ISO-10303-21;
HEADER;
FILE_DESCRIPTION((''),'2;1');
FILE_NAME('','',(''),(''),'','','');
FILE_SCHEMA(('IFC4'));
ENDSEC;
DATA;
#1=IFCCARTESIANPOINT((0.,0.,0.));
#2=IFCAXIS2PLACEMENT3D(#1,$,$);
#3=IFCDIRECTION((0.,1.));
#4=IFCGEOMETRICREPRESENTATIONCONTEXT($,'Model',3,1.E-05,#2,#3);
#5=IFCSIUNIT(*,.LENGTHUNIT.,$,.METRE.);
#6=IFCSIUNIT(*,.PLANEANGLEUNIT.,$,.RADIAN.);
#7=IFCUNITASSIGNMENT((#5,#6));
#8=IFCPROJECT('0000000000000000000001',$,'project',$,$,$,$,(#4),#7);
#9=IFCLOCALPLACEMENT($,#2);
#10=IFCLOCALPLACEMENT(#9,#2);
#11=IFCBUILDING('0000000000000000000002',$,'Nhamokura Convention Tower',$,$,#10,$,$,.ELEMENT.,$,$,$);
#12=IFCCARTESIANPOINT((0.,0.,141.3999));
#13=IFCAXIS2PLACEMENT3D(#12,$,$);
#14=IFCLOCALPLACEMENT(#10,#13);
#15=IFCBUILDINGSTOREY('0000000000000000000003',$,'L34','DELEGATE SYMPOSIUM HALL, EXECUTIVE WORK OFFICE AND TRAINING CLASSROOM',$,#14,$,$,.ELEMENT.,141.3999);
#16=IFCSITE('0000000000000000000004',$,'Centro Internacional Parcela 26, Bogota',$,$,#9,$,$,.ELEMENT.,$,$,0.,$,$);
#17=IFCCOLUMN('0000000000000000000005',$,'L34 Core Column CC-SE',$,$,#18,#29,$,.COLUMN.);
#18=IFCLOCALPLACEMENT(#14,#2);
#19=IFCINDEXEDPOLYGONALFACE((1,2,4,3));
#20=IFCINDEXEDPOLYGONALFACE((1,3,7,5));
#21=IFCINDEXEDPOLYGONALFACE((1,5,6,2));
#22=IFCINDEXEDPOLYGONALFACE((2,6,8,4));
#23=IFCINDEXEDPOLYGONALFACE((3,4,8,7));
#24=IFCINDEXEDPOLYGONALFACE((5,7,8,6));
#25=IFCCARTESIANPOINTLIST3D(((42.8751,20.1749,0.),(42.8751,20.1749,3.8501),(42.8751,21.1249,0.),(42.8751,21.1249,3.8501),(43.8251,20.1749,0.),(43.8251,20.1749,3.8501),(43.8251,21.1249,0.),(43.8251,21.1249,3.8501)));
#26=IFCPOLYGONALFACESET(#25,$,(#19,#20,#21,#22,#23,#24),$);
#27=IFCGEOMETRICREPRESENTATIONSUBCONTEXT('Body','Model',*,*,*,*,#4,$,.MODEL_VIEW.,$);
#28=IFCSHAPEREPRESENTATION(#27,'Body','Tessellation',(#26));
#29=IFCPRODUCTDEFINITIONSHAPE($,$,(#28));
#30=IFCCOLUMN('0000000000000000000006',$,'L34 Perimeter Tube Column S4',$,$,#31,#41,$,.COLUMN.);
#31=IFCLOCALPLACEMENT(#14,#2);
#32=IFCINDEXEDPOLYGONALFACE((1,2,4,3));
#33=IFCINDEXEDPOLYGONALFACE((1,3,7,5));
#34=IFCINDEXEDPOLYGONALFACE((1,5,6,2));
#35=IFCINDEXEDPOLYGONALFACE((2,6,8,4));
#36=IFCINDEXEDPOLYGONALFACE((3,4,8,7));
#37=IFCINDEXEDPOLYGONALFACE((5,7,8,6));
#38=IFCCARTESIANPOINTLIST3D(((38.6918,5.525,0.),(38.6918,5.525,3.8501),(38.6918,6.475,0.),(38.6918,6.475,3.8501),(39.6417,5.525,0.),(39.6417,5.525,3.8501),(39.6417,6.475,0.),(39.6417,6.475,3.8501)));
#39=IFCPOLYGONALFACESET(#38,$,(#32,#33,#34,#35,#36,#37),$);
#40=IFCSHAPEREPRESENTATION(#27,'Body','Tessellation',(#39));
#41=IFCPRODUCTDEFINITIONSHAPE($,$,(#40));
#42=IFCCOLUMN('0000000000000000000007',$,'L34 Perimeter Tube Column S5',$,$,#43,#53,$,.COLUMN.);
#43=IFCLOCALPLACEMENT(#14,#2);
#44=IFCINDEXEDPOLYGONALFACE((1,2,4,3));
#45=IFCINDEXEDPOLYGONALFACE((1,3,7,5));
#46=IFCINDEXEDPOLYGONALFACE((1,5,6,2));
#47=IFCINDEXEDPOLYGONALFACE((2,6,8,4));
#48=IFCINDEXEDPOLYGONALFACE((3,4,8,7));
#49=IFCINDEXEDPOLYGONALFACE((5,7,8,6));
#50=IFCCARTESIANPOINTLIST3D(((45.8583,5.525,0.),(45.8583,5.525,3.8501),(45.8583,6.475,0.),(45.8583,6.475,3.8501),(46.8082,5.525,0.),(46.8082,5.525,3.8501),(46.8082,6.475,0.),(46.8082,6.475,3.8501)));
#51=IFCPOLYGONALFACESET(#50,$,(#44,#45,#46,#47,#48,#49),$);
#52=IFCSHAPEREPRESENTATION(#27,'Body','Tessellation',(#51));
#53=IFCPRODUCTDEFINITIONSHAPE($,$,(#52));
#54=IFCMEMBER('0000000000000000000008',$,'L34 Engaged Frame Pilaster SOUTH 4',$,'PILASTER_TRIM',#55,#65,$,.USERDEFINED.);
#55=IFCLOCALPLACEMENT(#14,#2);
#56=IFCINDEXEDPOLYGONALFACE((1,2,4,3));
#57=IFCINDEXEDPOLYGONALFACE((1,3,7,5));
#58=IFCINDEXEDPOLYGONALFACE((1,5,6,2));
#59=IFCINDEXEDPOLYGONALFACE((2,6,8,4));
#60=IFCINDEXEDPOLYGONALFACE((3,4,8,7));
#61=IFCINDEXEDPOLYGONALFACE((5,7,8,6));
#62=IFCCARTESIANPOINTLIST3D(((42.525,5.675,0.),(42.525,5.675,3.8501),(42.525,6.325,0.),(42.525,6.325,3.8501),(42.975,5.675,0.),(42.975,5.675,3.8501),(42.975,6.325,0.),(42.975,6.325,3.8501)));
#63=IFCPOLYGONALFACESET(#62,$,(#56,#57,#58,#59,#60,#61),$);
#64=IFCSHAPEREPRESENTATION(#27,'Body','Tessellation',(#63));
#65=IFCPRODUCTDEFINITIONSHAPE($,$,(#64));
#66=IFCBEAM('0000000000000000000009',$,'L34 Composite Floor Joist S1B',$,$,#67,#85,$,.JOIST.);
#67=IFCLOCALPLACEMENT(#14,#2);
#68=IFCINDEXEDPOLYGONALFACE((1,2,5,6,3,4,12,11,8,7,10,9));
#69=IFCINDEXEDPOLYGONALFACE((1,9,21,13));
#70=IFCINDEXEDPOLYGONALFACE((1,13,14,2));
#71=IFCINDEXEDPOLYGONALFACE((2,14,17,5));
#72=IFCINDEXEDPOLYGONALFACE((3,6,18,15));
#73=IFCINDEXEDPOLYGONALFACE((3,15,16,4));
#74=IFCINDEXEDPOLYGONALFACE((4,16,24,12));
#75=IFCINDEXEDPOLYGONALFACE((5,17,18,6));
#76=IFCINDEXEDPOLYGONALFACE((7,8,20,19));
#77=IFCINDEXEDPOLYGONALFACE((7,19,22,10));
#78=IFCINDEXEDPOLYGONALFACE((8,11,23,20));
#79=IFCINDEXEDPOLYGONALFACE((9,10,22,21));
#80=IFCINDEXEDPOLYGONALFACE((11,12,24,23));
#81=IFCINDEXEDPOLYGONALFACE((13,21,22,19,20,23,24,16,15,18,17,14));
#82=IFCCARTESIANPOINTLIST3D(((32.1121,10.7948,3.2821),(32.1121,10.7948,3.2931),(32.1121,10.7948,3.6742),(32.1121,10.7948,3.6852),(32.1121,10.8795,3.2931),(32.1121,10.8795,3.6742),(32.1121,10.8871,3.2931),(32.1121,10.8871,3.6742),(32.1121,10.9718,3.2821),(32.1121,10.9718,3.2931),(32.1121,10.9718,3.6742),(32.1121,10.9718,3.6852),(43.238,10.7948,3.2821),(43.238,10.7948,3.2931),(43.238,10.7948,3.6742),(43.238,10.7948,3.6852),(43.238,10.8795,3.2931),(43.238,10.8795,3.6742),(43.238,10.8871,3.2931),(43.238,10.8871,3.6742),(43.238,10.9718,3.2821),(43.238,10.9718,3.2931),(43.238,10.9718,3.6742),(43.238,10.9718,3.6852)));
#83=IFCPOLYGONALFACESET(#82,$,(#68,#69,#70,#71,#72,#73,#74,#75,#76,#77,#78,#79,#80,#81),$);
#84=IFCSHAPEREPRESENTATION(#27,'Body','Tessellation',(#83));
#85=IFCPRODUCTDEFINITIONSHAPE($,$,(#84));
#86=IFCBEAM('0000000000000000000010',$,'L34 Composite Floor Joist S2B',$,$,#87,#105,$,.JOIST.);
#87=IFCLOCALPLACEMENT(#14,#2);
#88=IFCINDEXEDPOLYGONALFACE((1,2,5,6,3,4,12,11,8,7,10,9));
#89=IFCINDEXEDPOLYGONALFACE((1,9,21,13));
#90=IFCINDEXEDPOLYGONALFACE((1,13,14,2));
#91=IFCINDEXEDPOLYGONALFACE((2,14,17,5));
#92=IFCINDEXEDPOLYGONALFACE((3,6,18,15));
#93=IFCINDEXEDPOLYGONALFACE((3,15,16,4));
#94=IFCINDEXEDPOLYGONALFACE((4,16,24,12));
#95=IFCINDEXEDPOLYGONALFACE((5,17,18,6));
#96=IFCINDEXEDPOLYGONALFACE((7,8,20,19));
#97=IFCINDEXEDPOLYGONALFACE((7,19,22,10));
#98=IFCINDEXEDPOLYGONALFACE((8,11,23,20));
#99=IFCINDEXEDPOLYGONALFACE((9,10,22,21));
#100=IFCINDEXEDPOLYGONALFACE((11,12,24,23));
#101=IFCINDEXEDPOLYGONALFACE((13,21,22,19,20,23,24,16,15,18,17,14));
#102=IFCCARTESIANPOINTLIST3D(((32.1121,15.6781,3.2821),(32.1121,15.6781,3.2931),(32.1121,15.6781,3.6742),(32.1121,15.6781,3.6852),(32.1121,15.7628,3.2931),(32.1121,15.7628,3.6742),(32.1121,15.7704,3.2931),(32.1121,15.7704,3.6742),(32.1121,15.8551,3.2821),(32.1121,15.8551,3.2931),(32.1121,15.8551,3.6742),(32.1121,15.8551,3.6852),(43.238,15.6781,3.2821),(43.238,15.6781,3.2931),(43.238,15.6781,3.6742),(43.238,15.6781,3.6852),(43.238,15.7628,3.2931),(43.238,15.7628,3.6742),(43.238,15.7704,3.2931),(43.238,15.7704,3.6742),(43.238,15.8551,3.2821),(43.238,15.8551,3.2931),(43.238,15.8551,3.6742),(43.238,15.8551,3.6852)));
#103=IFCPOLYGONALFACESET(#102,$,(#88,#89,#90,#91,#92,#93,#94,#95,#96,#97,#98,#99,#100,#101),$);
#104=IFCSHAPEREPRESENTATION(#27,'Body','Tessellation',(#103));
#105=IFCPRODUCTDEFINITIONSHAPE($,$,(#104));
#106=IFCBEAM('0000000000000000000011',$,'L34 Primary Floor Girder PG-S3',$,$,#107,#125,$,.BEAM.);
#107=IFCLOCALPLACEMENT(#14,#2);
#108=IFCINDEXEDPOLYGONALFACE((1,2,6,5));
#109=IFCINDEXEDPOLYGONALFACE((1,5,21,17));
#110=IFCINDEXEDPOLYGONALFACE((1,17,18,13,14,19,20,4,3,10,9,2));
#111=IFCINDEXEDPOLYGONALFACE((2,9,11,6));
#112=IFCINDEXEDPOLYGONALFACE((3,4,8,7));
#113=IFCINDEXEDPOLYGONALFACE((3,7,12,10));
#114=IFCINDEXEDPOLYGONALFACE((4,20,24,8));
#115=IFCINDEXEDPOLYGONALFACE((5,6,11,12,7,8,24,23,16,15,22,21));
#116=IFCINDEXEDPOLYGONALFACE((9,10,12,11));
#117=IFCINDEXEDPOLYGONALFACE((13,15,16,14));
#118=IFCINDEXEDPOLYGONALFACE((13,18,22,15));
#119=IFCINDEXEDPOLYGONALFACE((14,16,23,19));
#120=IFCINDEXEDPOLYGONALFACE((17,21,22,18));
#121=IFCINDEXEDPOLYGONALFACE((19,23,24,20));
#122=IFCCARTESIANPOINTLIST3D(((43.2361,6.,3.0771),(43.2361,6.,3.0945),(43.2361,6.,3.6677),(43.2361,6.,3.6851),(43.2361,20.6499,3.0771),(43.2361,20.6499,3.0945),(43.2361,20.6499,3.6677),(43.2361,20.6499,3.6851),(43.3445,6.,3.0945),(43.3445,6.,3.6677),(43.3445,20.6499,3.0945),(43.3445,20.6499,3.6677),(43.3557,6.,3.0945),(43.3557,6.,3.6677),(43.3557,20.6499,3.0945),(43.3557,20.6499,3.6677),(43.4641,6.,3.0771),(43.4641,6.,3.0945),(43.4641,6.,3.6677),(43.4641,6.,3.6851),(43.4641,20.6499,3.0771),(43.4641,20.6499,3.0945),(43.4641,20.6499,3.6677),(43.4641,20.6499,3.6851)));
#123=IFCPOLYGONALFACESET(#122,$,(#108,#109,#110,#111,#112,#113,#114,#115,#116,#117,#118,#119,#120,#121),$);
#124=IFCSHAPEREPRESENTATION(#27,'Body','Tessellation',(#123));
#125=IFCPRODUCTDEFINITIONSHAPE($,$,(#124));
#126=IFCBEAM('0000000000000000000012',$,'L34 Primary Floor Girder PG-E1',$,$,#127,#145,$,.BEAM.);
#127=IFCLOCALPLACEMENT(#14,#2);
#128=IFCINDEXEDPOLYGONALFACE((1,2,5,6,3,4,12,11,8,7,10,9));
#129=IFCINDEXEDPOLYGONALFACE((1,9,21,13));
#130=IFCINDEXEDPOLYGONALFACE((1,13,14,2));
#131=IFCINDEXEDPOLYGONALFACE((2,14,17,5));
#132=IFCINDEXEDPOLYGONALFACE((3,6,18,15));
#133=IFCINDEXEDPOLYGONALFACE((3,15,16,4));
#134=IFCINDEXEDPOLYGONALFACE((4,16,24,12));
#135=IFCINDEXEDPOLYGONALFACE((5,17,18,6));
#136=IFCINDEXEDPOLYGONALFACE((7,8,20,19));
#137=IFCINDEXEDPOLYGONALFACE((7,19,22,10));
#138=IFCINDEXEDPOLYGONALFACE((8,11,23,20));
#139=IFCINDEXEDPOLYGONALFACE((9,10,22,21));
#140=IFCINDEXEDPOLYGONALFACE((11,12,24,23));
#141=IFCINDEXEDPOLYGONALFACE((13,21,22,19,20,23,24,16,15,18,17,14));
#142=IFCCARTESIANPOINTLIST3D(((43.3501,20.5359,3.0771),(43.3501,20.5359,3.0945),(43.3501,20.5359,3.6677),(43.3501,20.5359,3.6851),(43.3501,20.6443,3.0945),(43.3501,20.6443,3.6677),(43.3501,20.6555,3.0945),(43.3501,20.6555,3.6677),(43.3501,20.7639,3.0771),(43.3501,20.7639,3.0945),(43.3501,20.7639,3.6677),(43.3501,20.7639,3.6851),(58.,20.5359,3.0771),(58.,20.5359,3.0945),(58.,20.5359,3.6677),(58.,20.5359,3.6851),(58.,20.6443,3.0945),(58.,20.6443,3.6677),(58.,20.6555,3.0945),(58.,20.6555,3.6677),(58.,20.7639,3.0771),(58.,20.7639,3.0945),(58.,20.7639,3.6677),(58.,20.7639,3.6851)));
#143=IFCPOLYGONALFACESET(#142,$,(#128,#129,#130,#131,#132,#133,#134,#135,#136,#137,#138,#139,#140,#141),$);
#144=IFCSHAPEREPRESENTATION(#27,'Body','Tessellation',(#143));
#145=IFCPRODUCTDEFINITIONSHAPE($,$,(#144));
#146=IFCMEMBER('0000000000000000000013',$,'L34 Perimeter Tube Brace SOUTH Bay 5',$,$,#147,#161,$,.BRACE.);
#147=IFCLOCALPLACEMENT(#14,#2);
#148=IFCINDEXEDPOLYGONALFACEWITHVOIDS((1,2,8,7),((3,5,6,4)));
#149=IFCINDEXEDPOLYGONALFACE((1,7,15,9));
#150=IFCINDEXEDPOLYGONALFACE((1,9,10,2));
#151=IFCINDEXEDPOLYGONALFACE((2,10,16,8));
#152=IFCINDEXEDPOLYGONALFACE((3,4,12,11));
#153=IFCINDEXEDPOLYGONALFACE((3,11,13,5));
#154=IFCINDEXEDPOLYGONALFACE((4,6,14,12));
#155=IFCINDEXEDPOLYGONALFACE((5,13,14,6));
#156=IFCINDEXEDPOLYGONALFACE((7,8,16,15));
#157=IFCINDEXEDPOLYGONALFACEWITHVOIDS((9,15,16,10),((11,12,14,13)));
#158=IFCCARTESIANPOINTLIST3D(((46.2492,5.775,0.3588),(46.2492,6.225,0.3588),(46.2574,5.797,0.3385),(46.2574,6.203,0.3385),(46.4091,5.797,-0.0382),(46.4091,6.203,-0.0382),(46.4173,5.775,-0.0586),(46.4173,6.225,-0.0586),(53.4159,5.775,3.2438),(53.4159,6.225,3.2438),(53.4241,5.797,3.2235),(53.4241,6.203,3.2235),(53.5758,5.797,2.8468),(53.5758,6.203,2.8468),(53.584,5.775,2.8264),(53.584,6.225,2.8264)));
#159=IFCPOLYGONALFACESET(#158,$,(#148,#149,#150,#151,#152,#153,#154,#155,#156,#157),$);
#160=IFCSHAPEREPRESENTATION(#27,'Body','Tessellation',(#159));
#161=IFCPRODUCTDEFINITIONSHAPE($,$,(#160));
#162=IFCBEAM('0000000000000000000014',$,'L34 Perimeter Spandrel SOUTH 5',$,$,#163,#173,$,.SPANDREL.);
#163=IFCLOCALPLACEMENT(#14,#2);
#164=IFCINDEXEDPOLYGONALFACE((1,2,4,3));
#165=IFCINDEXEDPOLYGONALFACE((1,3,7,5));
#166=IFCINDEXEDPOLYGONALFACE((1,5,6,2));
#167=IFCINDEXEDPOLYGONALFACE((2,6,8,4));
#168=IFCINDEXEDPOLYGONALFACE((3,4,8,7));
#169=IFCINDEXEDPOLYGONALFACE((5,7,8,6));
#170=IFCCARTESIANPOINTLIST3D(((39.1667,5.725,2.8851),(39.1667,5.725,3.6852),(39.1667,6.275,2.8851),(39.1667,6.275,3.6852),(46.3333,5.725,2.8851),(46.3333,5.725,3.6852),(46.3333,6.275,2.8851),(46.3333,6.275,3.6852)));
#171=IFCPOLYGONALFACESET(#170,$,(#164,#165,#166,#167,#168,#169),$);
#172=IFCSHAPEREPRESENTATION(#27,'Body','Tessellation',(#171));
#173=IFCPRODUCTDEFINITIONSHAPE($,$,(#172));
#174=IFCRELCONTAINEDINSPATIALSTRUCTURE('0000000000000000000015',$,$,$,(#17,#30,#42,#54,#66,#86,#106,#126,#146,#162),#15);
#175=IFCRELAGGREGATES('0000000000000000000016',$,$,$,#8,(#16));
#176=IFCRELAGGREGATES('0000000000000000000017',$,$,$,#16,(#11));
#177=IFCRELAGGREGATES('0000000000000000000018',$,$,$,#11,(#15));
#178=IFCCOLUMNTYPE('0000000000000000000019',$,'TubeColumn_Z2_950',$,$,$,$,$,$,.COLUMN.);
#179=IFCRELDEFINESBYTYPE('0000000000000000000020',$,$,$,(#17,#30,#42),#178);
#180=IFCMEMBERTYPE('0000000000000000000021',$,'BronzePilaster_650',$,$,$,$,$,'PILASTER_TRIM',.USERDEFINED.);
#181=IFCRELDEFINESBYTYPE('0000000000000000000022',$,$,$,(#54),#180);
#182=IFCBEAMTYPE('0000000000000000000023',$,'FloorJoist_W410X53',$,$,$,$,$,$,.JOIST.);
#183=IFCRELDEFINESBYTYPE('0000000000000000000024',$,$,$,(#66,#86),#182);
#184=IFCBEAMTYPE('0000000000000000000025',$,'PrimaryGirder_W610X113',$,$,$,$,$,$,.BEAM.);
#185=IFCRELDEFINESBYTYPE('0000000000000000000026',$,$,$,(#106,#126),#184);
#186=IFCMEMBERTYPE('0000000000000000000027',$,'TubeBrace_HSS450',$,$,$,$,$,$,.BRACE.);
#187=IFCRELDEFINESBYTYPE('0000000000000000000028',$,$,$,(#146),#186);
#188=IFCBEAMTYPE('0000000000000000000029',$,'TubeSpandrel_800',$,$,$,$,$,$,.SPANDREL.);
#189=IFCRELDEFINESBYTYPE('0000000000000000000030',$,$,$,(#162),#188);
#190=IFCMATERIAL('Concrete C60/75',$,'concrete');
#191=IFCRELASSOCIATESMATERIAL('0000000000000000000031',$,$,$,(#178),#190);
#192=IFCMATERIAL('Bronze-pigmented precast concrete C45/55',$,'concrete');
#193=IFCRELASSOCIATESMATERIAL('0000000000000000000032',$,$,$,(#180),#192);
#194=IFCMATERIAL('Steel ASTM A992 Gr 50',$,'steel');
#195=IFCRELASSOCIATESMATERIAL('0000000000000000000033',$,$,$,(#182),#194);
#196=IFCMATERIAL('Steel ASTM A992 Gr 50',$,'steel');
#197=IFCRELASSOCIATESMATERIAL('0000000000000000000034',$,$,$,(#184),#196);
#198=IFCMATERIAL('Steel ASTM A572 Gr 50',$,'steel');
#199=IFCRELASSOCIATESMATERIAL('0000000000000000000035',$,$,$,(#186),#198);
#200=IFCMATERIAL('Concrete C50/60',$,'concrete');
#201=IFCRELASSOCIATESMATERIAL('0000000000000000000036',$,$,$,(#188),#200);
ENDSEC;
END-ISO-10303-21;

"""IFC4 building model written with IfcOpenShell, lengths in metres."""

from ifc_helpers import new_model, si_unit, direction, frame, origin, origin_2d, place, context, subcontext, project, spatial, rectangle, hollow_rectangle, i_section, extrude, material, material_profile, profile_set, type_object, element, save


model = new_model("IFC4")

# Units and contexts
model_context = context("Model", 3, precision=1e-05, world=origin(), true_north=direction((0.0, 1.0)))
body_context = subcontext(model_context, "Body", "Model", "MODEL_VIEW")
ifc_project = project(units=[si_unit("LENGTHUNIT", "METRE"), si_unit("PLANEANGLEUNIT", "RADIAN")], contexts=[model_context])

# Site, building, storey
site_placement = place(None, origin())
site = spatial("IfcSite", under=ifc_project, at=site_placement, Name="Centro Internacional Parcela 26, Bogota", CompositionType="ELEMENT", RefElevation=0.0)
building_placement = place(site_placement, origin())
building = spatial("IfcBuilding", under=site, at=building_placement, Name="Nhamokura Convention Tower", CompositionType="ELEMENT")
storey_placement = place(building_placement, frame((0.0, 0.0, 141.3999)))
storey = spatial("IfcBuildingStorey", under=building, at=storey_placement, Name="L34", Description="DELEGATE SYMPOSIUM HALL, EXECUTIVE WORK OFFICE AND TRAINING CLASSROOM", CompositionType="ELEMENT", Elevation=141.3999)

# Columns
ifc_material_1 = material(Name="Concrete C60/75", Category="concrete")
ifc_material_profile_1 = material_profile(ifc_material_1, rectangle(XDim=0.95, YDim=0.95, at=origin_2d()))
ifc_profile_set_1 = profile_set([ifc_material_profile_1], Name="Concrete C60/75")
column_type = type_object("IfcColumnType", Name="TubeColumn_Z2_950", PredefinedType="COLUMN", material=ifc_profile_set_1)
for number, where, z_axis, x_axis, name in (
    (1, (43.3501, 20.6499, 0.0), (0.0, 0.0, 1.0), (1.0, 0.0, 0.0), "L34 Core Column CC-SE"),
    (2, (39.1667, 6.0, 0.0), (0.0, 0.0, 1.0), (1.0, 0.0, 0.0), "L34 Perimeter Tube Column S4"),
    (3, (46.3333, 6.0, 0.0), (0.0, 0.0, 1.0), (1.0, 0.0, 0.0), "L34 Perimeter Tube Column S5"),
):
    element("IfcColumn", number, at=place(storey_placement, frame(where, z_axis=z_axis, x_axis=x_axis)), inside=storey, type_object=column_type, Name=name, PredefinedType="COLUMN", context=body_context, shape_type="SweptSolid", body=[
        extrude(rectangle(XDim=0.95, YDim=0.95, at=origin_2d()), origin(), (0.0, 0.0, 1.0), 3.8501),
    ])

# Member
ifc_material_2 = material(Name="Bronze-pigmented precast concrete C45/55", Category="concrete")
ifc_material_profile_2 = material_profile(ifc_material_2, rectangle(XDim=0.45, YDim=0.6499, at=origin_2d()))
ifc_profile_set_2 = profile_set([ifc_material_profile_2], Name="Bronze-pigmented precast concrete C45/55")
member_type_1 = type_object("IfcMemberType", Name="BronzePilaster_650", ElementType="PILASTER_TRIM", PredefinedType="USERDEFINED", material=ifc_profile_set_2)
member_1_placement = place(storey_placement, frame((42.75, 6.0, 0.0), z_axis=(0.0, 0.0, 1.0), x_axis=(1.0, 0.0, 0.0)))
element("IfcMember", 4, at=member_1_placement, inside=storey, type_object=member_type_1, Name="L34 Engaged Frame Pilaster SOUTH 4", ObjectType="PILASTER_TRIM", PredefinedType="USERDEFINED", context=body_context, shape_type="SweptSolid", body=[
    extrude(rectangle(XDim=0.45, YDim=0.6499, at=origin_2d()), origin(), (0.0, 0.0, 1.0), 3.8501),
])

# Beams
ifc_material_3 = material(Name="Steel ASTM A992 Gr 50", Category="steel")
ifc_material_profile_3 = material_profile(ifc_material_3, i_section(OverallWidth=0.177, OverallDepth=0.4031, WebThickness=0.0076, FlangeThickness=0.011, at=origin_2d()))
ifc_profile_set_3 = profile_set([ifc_material_profile_3], Name="Steel ASTM A992 Gr 50")
beam_type_1 = type_object("IfcBeamType", Name="FloorJoist_W410X53", PredefinedType="JOIST", material=ifc_profile_set_3)
for number, where, z_axis, x_axis, name in (
    (5, (32.1121, 10.8833, 3.4836), (1.0, 0.0, 0.0), (0.0, 1.0, 0.0), "L34 Composite Floor Joist S1B"),
    (6, (32.1121, 15.7666, 3.4836), (1.0, 0.0, 0.0), (0.0, 1.0, 0.0), "L34 Composite Floor Joist S2B"),
):
    element("IfcBeam", number, at=place(storey_placement, frame(where, z_axis=z_axis, x_axis=x_axis)), inside=storey, type_object=beam_type_1, Name=name, PredefinedType="JOIST", context=body_context, shape_type="SweptSolid", body=[
        extrude(i_section(OverallWidth=0.177, OverallDepth=0.4031, WebThickness=0.0076, FlangeThickness=0.011, at=origin_2d()), origin(), (0.0, 0.0, 1.0), 11.126),
    ])
ifc_material_4 = material(Name="Steel ASTM A992 Gr 50", Category="steel")
ifc_material_profile_4 = material_profile(ifc_material_4, i_section(OverallWidth=0.228, OverallDepth=0.6079, WebThickness=0.0112, FlangeThickness=0.0173, at=origin_2d()))
ifc_profile_set_4 = profile_set([ifc_material_profile_4], Name="Steel ASTM A992 Gr 50")
beam_type_2 = type_object("IfcBeamType", Name="PrimaryGirder_W610X113", PredefinedType="BEAM", material=ifc_profile_set_4)
for number, where, z_axis, x_axis, name in (
    (7, (43.3501, 6.0, 3.3811), (0.0, 1.0, 0.0), (-1.0, 0.0, 0.0), "L34 Primary Floor Girder PG-S3"),
    (8, (43.3501, 20.6499, 3.3811), (1.0, 0.0, 0.0), (0.0, 1.0, 0.0), "L34 Primary Floor Girder PG-E1"),
):
    element("IfcBeam", number, at=place(storey_placement, frame(where, z_axis=z_axis, x_axis=x_axis)), inside=storey, type_object=beam_type_2, Name=name, PredefinedType="BEAM", context=body_context, shape_type="SweptSolid", body=[
        extrude(i_section(OverallWidth=0.228, OverallDepth=0.6079, WebThickness=0.0112, FlangeThickness=0.0173, at=origin_2d()), origin(), (0.0, 0.0, 1.0), 14.6499),
    ])

# Member
ifc_material_5 = material(Name="Steel ASTM A572 Gr 50", Category="steel")
ifc_material_profile_5 = material_profile(ifc_material_5, hollow_rectangle(XDim=0.45, YDim=0.45, WallThickness=0.022, at=origin_2d()))
ifc_profile_set_5 = profile_set([ifc_material_profile_5], Name="Steel ASTM A572 Gr 50")
member_type_2 = type_object("IfcMemberType", Name="TubeBrace_HSS450", PredefinedType="BRACE", material=ifc_profile_set_5)
member_2_placement = place(storey_placement, frame((46.3333, 6.0, 0.1501), z_axis=(0.927657, 0.0, 0.373433), x_axis=(0.0, 1.0, 0.0)))
element("IfcMember", 9, at=member_2_placement, inside=storey, type_object=member_type_2, Name="L34 Perimeter Tube Brace SOUTH Bay 5", PredefinedType="BRACE", context=body_context, shape_type="SweptSolid", body=[
    extrude(hollow_rectangle(XDim=0.45, YDim=0.45, WallThickness=0.022, at=origin_2d()), origin(), (0.0, 0.0, 1.0), 7.7256),
])

# Beam
ifc_material_6 = material(Name="Concrete C50/60", Category="concrete")
ifc_material_profile_6 = material_profile(ifc_material_6, rectangle(XDim=0.55, YDim=0.8, at=origin_2d()))
ifc_profile_set_6 = profile_set([ifc_material_profile_6], Name="Concrete C50/60")
beam_type_3 = type_object("IfcBeamType", Name="TubeSpandrel_800", PredefinedType="SPANDREL", material=ifc_profile_set_6)
beam_placement = place(storey_placement, frame((39.1667, 6.0, 3.2852), z_axis=(1.0, 0.0, 0.0), x_axis=(0.0, 1.0, 0.0)))
element("IfcBeam", 10, at=beam_placement, inside=storey, type_object=beam_type_3, Name="L34 Perimeter Spandrel SOUTH 5", PredefinedType="SPANDREL", context=body_context, shape_type="SweptSolid", body=[
    extrude(rectangle(XDim=0.55, YDim=0.8, at=origin_2d()), origin(), (0.0, 0.0, 1.0), 7.1665),
])

save(model, "model.ifc")
